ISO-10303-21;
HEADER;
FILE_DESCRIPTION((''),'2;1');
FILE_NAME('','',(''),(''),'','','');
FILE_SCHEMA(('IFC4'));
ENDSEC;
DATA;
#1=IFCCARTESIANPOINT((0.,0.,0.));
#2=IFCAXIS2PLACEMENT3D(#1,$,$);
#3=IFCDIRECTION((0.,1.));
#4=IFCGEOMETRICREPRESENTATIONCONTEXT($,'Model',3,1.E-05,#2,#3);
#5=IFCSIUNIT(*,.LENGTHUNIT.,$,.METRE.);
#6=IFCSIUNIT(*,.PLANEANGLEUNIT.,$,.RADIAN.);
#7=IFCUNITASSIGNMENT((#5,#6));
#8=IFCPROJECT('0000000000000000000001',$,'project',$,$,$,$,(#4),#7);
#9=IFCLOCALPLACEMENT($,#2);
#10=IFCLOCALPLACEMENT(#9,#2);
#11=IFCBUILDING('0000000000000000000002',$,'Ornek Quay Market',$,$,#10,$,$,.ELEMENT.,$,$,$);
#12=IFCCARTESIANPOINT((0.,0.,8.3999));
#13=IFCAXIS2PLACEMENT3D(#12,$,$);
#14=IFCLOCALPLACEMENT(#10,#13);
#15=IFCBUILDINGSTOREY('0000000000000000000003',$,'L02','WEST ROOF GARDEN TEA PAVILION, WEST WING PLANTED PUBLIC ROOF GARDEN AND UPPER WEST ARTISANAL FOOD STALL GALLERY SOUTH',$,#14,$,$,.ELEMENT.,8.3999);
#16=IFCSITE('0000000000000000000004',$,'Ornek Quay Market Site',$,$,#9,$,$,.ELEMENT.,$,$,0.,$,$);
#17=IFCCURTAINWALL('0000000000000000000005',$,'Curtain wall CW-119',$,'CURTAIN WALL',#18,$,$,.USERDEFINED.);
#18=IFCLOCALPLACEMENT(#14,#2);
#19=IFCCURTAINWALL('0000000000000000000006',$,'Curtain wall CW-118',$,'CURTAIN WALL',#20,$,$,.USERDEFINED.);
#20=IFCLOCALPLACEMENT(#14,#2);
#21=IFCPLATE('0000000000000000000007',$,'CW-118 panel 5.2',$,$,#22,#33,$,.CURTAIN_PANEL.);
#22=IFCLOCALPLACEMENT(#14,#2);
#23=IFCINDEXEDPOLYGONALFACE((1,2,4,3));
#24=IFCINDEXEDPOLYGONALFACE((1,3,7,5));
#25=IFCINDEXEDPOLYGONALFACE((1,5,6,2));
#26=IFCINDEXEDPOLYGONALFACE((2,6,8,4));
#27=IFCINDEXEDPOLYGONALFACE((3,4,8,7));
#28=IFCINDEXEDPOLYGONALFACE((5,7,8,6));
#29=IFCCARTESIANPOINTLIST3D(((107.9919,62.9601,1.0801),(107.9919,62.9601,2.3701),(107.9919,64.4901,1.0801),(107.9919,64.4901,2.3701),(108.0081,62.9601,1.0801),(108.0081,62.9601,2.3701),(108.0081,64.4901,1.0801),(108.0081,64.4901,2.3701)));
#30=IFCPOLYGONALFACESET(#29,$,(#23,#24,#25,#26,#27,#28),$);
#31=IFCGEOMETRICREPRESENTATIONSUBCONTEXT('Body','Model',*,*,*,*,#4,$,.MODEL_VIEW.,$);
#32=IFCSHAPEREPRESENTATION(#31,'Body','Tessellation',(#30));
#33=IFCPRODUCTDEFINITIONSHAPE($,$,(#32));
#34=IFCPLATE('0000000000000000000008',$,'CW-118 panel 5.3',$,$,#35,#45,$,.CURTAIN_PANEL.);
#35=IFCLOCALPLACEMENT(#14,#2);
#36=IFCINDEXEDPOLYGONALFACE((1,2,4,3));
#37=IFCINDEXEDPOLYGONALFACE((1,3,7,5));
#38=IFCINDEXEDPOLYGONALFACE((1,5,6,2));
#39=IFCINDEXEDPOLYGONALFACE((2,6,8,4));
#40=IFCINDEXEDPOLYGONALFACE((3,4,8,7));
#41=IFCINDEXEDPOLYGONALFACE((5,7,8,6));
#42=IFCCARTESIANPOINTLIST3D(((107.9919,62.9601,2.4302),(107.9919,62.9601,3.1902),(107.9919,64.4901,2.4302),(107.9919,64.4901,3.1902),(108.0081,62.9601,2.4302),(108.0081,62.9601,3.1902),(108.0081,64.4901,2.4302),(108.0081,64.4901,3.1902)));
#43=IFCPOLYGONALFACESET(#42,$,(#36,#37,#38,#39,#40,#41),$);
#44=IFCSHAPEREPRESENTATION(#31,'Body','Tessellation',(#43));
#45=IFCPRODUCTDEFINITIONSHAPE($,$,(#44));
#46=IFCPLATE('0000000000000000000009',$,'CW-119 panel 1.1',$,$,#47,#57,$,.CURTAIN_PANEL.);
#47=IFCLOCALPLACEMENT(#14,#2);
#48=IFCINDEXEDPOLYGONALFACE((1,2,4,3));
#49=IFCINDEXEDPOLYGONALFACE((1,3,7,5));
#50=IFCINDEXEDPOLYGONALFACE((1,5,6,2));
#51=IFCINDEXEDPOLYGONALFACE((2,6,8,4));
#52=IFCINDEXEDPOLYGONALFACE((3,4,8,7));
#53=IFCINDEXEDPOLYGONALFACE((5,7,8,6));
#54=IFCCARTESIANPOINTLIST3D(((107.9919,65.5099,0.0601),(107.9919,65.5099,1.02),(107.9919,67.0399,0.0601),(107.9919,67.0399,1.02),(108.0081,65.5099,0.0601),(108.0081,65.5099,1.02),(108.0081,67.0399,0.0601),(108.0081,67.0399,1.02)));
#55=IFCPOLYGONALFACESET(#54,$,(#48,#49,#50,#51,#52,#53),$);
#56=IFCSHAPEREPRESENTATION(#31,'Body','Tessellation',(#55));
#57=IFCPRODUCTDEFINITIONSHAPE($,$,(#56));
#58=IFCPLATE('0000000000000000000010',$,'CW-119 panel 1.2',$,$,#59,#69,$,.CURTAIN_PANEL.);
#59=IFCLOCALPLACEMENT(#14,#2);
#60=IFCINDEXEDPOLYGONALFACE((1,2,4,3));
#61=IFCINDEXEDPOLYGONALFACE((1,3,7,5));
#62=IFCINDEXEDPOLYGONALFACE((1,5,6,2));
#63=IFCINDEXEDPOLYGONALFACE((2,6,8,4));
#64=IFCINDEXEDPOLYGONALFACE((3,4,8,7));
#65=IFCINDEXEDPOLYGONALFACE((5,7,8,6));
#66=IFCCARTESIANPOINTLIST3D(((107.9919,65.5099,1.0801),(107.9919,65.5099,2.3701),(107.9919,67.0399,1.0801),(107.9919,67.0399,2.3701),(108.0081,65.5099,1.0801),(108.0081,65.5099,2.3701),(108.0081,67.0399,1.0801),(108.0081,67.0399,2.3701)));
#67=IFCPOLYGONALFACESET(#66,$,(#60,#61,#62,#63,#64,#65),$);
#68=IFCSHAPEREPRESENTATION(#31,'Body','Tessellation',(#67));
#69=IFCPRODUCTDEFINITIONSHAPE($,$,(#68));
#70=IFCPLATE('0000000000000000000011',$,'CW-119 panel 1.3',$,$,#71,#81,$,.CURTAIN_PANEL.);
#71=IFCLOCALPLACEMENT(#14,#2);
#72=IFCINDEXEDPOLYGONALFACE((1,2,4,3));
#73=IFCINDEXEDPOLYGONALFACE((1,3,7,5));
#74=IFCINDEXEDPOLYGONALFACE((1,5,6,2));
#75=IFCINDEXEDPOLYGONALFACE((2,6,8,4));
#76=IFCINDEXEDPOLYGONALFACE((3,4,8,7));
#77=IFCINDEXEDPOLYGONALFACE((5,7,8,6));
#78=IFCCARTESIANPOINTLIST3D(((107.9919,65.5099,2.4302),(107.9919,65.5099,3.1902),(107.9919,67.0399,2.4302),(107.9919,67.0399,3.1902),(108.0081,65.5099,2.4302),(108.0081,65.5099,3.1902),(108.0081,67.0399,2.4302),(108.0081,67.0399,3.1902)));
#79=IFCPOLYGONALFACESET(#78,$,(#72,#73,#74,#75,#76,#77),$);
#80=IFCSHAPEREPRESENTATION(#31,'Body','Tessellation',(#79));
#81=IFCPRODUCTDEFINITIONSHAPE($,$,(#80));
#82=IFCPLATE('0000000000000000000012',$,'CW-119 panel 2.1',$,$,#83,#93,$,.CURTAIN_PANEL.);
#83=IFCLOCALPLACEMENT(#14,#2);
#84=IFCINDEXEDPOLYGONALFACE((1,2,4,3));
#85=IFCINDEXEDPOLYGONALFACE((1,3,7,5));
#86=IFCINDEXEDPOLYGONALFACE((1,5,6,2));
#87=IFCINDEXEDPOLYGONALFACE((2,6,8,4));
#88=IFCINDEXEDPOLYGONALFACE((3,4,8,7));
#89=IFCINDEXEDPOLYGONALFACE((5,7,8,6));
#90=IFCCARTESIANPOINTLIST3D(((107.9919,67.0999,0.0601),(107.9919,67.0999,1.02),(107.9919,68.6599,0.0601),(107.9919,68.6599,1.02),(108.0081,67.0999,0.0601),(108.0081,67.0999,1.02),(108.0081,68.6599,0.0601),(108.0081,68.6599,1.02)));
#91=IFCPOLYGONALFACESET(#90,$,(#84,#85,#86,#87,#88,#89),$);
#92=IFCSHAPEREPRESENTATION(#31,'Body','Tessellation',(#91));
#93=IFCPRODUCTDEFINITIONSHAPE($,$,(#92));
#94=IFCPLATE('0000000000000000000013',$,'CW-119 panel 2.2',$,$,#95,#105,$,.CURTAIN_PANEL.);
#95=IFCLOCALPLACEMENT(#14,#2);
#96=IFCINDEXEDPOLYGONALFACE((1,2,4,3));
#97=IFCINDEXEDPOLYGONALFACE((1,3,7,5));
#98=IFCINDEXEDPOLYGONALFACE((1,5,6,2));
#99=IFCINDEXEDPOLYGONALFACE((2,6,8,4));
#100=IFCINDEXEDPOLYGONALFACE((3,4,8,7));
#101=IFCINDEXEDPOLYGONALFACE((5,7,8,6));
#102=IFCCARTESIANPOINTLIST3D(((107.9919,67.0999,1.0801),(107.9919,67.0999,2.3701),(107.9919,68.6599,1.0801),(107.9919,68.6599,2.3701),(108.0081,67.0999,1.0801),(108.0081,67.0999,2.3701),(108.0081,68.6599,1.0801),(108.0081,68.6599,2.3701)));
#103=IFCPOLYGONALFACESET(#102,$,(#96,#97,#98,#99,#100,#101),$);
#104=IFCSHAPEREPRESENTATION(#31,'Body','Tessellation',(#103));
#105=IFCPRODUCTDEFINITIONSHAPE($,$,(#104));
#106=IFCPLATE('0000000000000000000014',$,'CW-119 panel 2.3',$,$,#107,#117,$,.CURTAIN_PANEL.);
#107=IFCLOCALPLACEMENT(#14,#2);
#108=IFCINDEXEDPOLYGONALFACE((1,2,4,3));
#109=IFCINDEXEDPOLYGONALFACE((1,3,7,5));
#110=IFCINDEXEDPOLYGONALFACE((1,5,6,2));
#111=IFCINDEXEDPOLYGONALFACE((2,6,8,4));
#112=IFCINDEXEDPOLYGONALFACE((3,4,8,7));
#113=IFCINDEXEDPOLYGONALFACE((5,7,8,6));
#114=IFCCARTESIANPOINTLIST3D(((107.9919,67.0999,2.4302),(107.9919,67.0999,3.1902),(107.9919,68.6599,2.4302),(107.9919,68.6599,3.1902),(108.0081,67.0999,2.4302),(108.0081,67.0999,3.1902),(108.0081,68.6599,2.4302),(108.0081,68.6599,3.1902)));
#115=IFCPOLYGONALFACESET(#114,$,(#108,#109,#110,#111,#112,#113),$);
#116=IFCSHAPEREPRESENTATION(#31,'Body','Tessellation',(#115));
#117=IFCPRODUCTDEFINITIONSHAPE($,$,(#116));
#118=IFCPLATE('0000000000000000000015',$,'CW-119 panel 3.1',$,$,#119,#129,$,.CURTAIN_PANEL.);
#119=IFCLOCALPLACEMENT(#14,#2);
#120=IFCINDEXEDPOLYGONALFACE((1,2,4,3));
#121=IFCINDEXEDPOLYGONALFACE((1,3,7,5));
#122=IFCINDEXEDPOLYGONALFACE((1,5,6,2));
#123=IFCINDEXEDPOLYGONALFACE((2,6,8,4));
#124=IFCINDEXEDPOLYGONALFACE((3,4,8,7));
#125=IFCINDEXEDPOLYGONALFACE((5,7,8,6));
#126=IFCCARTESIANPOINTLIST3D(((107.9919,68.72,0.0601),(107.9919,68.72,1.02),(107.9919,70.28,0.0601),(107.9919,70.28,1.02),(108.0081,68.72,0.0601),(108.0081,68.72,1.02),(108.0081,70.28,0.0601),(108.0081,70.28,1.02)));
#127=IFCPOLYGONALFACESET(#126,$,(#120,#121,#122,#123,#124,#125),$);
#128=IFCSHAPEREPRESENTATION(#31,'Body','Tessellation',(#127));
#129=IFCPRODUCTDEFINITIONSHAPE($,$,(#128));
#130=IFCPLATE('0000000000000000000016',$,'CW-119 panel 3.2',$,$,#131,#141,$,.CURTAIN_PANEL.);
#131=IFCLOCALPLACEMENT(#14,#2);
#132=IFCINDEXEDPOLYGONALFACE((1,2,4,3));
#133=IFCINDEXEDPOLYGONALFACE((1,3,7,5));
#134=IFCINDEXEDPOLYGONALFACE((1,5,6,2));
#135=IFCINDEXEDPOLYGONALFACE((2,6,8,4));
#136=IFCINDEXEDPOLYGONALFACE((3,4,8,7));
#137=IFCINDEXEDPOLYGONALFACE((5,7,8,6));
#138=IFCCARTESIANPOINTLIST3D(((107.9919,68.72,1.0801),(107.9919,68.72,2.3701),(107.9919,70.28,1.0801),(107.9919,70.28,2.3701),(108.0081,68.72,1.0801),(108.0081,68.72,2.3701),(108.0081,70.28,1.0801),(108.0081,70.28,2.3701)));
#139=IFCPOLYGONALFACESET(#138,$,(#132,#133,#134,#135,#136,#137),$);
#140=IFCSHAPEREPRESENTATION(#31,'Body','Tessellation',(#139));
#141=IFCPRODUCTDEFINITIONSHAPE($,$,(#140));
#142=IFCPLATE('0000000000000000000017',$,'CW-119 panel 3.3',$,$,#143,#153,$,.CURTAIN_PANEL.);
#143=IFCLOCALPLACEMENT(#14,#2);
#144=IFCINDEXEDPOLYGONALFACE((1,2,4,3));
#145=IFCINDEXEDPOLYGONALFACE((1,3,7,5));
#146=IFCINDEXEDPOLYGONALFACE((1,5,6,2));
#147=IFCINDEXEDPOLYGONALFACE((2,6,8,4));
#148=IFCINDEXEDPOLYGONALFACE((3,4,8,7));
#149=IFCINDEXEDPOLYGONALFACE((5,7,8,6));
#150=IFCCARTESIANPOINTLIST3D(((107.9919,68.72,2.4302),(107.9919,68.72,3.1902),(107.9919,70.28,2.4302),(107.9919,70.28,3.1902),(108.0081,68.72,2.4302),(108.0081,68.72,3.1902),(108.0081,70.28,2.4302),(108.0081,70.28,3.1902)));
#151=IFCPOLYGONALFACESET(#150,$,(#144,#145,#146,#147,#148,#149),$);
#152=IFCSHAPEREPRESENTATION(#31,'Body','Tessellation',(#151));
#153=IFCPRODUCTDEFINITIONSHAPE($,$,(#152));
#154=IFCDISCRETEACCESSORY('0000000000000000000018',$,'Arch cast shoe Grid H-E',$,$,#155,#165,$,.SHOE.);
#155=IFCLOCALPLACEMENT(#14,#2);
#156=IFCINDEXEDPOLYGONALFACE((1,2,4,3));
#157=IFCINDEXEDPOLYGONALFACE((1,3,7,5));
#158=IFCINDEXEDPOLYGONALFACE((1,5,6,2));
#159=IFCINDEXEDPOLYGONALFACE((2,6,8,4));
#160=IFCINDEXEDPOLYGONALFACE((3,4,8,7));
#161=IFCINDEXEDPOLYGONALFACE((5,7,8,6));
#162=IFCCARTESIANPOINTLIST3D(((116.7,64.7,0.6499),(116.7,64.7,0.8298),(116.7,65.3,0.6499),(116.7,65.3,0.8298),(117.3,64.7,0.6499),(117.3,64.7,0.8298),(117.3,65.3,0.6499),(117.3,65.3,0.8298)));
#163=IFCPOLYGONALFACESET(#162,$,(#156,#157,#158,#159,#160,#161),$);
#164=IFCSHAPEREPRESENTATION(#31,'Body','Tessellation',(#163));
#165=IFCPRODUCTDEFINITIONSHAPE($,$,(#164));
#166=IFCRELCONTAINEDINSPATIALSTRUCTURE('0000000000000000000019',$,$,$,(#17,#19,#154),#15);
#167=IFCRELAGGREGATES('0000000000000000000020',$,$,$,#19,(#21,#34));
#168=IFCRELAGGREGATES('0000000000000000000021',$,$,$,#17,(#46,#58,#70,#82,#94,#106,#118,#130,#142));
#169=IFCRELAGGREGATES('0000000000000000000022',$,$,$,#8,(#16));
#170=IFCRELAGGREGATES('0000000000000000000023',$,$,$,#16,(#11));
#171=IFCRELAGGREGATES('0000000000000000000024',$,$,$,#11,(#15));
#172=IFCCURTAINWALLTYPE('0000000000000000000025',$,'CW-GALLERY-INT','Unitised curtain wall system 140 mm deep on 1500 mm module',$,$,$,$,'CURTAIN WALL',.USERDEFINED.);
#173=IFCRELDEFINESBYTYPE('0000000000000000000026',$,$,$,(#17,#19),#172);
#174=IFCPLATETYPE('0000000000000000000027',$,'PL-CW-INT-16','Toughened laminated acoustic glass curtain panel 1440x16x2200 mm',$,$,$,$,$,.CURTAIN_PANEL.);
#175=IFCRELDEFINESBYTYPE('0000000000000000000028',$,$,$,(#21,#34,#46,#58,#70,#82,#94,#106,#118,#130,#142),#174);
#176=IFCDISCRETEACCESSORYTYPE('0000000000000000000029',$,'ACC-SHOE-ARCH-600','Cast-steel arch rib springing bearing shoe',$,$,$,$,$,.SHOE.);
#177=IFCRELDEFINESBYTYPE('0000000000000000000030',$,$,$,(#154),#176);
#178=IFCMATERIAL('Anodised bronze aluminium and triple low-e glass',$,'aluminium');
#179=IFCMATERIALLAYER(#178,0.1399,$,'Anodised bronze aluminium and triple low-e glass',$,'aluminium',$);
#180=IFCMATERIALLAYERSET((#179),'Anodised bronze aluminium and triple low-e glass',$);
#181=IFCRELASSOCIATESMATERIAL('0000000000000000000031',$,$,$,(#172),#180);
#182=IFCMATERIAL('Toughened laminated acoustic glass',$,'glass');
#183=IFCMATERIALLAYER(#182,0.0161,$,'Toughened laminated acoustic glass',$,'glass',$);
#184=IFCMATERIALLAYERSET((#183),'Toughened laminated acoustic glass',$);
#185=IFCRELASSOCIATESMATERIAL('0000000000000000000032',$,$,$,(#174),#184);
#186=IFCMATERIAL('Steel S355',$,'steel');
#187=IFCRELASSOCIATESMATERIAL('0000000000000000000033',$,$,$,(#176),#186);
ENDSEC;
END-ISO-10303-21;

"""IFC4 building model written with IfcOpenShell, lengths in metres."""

from ifc_helpers import new_model, si_unit, direction, frame, origin, origin_2d, place, context, subcontext, project, spatial, rectangle, extrude, material, layer, layer_set, type_object, element, aggregate, save


model = new_model("IFC4")

# Units and contexts
model_context = context("Model", 3, precision=1e-05, world=origin(), true_north=direction((0.0, 1.0)))
body_context = subcontext(model_context, "Body", "Model", "MODEL_VIEW")
ifc_project = project(units=[si_unit("LENGTHUNIT", "METRE"), si_unit("PLANEANGLEUNIT", "RADIAN")], contexts=[model_context])

# Site, building, storey
site_placement = place(None, origin())
site = spatial("IfcSite", under=ifc_project, at=site_placement, Name="Ornek Quay Market Site", CompositionType="ELEMENT", RefElevation=0.0)
building_placement = place(site_placement, origin())
building = spatial("IfcBuilding", under=site, at=building_placement, Name="Ornek Quay Market", CompositionType="ELEMENT")
storey_placement = place(building_placement, frame((0.0, 0.0, 8.3999)))
storey = spatial("IfcBuildingStorey", under=building, at=storey_placement, Name="L02", Description="WEST ROOF GARDEN TEA PAVILION, WEST WING PLANTED PUBLIC ROOF GARDEN AND UPPER WEST ARTISANAL FOOD STALL GALLERY SOUTH", CompositionType="ELEMENT", Elevation=8.3999)

# Curtain wall
ifc_material_1 = material(Name="Anodised bronze aluminium and triple low-e glass", Category="aluminium")
ifc_layer_1 = layer(ifc_material_1, 0.1399, Name="Anodised bronze aluminium and triple low-e glass", Category="aluminium")
ifc_layer_set_1 = layer_set([ifc_layer_1], Name="Anodised bronze aluminium and triple low-e glass")
curtain_wall_type = type_object("IfcCurtainWallType", Name="CW-GALLERY-INT", Description="Unitised curtain wall system 140 mm deep on 1500 mm module", ElementType="CURTAIN WALL", PredefinedType="USERDEFINED", material=ifc_layer_set_1)
curtain_wall_1_placement = place(storey_placement, origin())
curtain_wall_1 = element("IfcCurtainWall", 1, at=curtain_wall_1_placement, inside=storey, type_object=curtain_wall_type, Name="Curtain wall CW-119", ObjectType="CURTAIN WALL", PredefinedType="USERDEFINED")

# Curtain wall
curtain_wall_2_placement = place(storey_placement, origin())
curtain_wall_2 = element("IfcCurtainWall", 2, at=curtain_wall_2_placement, inside=storey, type_object=curtain_wall_type, Name="Curtain wall CW-118", ObjectType="CURTAIN WALL", PredefinedType="USERDEFINED")

# Plates
ifc_material_2 = material(Name="Steel S355", Category="steel")
ifc_material_3 = material(Name="Toughened laminated acoustic glass", Category="glass")
ifc_layer_2 = layer(ifc_material_3, 0.0161, Name="Toughened laminated acoustic glass", Category="glass")
ifc_layer_set_2 = layer_set([ifc_layer_2], Name="Toughened laminated acoustic glass")
plate_type_1 = type_object("IfcPlateType", Name="PL-CW-INT-16", Description="Toughened laminated acoustic glass curtain panel 1440x16x2200 mm", PredefinedType="CURTAIN_PANEL", material=ifc_layer_set_2)
plate_1_placement = place(storey_placement, frame((108.0, 63.7251, 1.0801), z_axis=(0.0, 0.0, 1.0), x_axis=(0.0, 1.0, 0.0)))
plate_1 = element("IfcPlate", 3, at=plate_1_placement, type_object=plate_type_1, Name="CW-118 panel 5.2", PredefinedType="CURTAIN_PANEL", context=body_context, shape_type="SweptSolid", body=[
    extrude(rectangle(XDim=1.53, YDim=0.0161, at=origin_2d()), origin(), (0.0, 0.0, 1.0), 1.29),
])
plate_2_placement = place(storey_placement, frame((108.0, 63.7251, 2.4302), z_axis=(0.0, 0.0, 1.0), x_axis=(0.0, 1.0, 0.0)))
plate_2 = element("IfcPlate", 4, at=plate_2_placement, type_object=plate_type_1, Name="CW-118 panel 5.3", PredefinedType="CURTAIN_PANEL", context=body_context, shape_type="SweptSolid", body=[
    extrude(rectangle(XDim=1.53, YDim=0.0161, at=origin_2d()), origin(), (0.0, 0.0, 1.0), 0.76),
])
aggregate(curtain_wall_2, [plate_1, plate_2])
plate_3_placement = place(storey_placement, frame((108.0, 66.2749, 0.0601), z_axis=(0.0, 0.0, 1.0), x_axis=(0.0, 1.0, 0.0)))
plate_3 = element("IfcPlate", 5, at=plate_3_placement, type_object=plate_type_1, Name="CW-119 panel 1.1", PredefinedType="CURTAIN_PANEL", context=body_context, shape_type="SweptSolid", body=[
    extrude(rectangle(XDim=1.53, YDim=0.0161, at=origin_2d()), origin(), (0.0, 0.0, 1.0), 0.96),
])
plate_4_placement = place(storey_placement, frame((108.0, 66.2749, 1.0801), z_axis=(0.0, 0.0, 1.0), x_axis=(0.0, 1.0, 0.0)))
plate_4 = element("IfcPlate", 6, at=plate_4_placement, type_object=plate_type_1, Name="CW-119 panel 1.2", PredefinedType="CURTAIN_PANEL", context=body_context, shape_type="SweptSolid", body=[
    extrude(rectangle(XDim=1.53, YDim=0.0161, at=origin_2d()), origin(), (0.0, 0.0, 1.0), 1.29),
])
plate_5_placement = place(storey_placement, frame((108.0, 66.2749, 2.4302), z_axis=(0.0, 0.0, 1.0), x_axis=(0.0, 1.0, 0.0)))
plate_5 = element("IfcPlate", 7, at=plate_5_placement, type_object=plate_type_1, Name="CW-119 panel 1.3", PredefinedType="CURTAIN_PANEL", context=body_context, shape_type="SweptSolid", body=[
    extrude(rectangle(XDim=1.53, YDim=0.0161, at=origin_2d()), origin(), (0.0, 0.0, 1.0), 0.76),
])
plate_6_placement = place(storey_placement, frame((108.0, 67.8799, 0.0601), z_axis=(0.0, 0.0, 1.0), x_axis=(0.0, 1.0, 0.0)))
plate_6 = element("IfcPlate", 8, at=plate_6_placement, type_object=plate_type_1, Name="CW-119 panel 2.1", PredefinedType="CURTAIN_PANEL", context=body_context, shape_type="SweptSolid", body=[
    extrude(rectangle(XDim=1.5601, YDim=0.0161, at=origin_2d()), origin(), (0.0, 0.0, 1.0), 0.96),
])
plate_7_placement = place(storey_placement, frame((108.0, 67.8799, 1.0801), z_axis=(0.0, 0.0, 1.0), x_axis=(0.0, 1.0, 0.0)))
plate_7 = element("IfcPlate", 9, at=plate_7_placement, type_object=plate_type_1, Name="CW-119 panel 2.2", PredefinedType="CURTAIN_PANEL", context=body_context, shape_type="SweptSolid", body=[
    extrude(rectangle(XDim=1.5601, YDim=0.0161, at=origin_2d()), origin(), (0.0, 0.0, 1.0), 1.29),
])
plate_8_placement = place(storey_placement, frame((108.0, 67.8799, 2.4302), z_axis=(0.0, 0.0, 1.0), x_axis=(0.0, 1.0, 0.0)))
plate_8 = element("IfcPlate", 10, at=plate_8_placement, type_object=plate_type_1, Name="CW-119 panel 2.3", PredefinedType="CURTAIN_PANEL", context=body_context, shape_type="SweptSolid", body=[
    extrude(rectangle(XDim=1.5601, YDim=0.0161, at=origin_2d()), origin(), (0.0, 0.0, 1.0), 0.76),
])
plate_9_placement = place(storey_placement, frame((108.0, 69.5, 0.0601), z_axis=(0.0, 0.0, 1.0), x_axis=(0.0, 1.0, 0.0)))
plate_9 = element("IfcPlate", 11, at=plate_9_placement, type_object=plate_type_1, Name="CW-119 panel 3.1", PredefinedType="CURTAIN_PANEL", context=body_context, shape_type="SweptSolid", body=[
    extrude(rectangle(XDim=1.5601, YDim=0.0161, at=origin_2d()), origin(), (0.0, 0.0, 1.0), 0.96),
])
plate_10_placement = place(storey_placement, frame((108.0, 69.5, 1.0801), z_axis=(0.0, 0.0, 1.0), x_axis=(0.0, 1.0, 0.0)))
plate_10 = element("IfcPlate", 12, at=plate_10_placement, type_object=plate_type_1, Name="CW-119 panel 3.2", PredefinedType="CURTAIN_PANEL", context=body_context, shape_type="SweptSolid", body=[
    extrude(rectangle(XDim=1.5601, YDim=0.0161, at=origin_2d()), origin(), (0.0, 0.0, 1.0), 1.29),
])
plate_11_placement = place(storey_placement, frame((108.0, 69.5, 2.4302), z_axis=(0.0, 0.0, 1.0), x_axis=(0.0, 1.0, 0.0)))
plate_11 = element("IfcPlate", 13, at=plate_11_placement, type_object=plate_type_1, Name="CW-119 panel 3.3", PredefinedType="CURTAIN_PANEL", context=body_context, shape_type="SweptSolid", body=[
    extrude(rectangle(XDim=1.5601, YDim=0.0161, at=origin_2d()), origin(), (0.0, 0.0, 1.0), 0.76),
])
aggregate(curtain_wall_1, [plate_3, plate_4, plate_5, plate_6, plate_7, plate_8, plate_9, plate_10, plate_11])

# Discrete accessory
discrete_accessory_type = type_object("IfcDiscreteAccessoryType", Name="ACC-SHOE-ARCH-600", Description="Cast-steel arch rib springing bearing shoe", PredefinedType="SHOE", material=ifc_material_2)
discrete_accessory_placement = place(storey_placement, frame((117.0, 65.0, 0.6499), z_axis=(0.0, 0.0, 1.0), x_axis=(1.0, 0.0, 0.0)))
element("IfcDiscreteAccessory", 14, at=discrete_accessory_placement, inside=storey, type_object=discrete_accessory_type, Name="Arch cast shoe Grid H-E", PredefinedType="SHOE", context=body_context, shape_type="SweptSolid", body=[
    extrude(rectangle(XDim=0.6001, YDim=0.6001, at=origin_2d()), origin(), (0.0, 0.0, 1.0), 0.1799),
])

save(model, "model.ifc")
